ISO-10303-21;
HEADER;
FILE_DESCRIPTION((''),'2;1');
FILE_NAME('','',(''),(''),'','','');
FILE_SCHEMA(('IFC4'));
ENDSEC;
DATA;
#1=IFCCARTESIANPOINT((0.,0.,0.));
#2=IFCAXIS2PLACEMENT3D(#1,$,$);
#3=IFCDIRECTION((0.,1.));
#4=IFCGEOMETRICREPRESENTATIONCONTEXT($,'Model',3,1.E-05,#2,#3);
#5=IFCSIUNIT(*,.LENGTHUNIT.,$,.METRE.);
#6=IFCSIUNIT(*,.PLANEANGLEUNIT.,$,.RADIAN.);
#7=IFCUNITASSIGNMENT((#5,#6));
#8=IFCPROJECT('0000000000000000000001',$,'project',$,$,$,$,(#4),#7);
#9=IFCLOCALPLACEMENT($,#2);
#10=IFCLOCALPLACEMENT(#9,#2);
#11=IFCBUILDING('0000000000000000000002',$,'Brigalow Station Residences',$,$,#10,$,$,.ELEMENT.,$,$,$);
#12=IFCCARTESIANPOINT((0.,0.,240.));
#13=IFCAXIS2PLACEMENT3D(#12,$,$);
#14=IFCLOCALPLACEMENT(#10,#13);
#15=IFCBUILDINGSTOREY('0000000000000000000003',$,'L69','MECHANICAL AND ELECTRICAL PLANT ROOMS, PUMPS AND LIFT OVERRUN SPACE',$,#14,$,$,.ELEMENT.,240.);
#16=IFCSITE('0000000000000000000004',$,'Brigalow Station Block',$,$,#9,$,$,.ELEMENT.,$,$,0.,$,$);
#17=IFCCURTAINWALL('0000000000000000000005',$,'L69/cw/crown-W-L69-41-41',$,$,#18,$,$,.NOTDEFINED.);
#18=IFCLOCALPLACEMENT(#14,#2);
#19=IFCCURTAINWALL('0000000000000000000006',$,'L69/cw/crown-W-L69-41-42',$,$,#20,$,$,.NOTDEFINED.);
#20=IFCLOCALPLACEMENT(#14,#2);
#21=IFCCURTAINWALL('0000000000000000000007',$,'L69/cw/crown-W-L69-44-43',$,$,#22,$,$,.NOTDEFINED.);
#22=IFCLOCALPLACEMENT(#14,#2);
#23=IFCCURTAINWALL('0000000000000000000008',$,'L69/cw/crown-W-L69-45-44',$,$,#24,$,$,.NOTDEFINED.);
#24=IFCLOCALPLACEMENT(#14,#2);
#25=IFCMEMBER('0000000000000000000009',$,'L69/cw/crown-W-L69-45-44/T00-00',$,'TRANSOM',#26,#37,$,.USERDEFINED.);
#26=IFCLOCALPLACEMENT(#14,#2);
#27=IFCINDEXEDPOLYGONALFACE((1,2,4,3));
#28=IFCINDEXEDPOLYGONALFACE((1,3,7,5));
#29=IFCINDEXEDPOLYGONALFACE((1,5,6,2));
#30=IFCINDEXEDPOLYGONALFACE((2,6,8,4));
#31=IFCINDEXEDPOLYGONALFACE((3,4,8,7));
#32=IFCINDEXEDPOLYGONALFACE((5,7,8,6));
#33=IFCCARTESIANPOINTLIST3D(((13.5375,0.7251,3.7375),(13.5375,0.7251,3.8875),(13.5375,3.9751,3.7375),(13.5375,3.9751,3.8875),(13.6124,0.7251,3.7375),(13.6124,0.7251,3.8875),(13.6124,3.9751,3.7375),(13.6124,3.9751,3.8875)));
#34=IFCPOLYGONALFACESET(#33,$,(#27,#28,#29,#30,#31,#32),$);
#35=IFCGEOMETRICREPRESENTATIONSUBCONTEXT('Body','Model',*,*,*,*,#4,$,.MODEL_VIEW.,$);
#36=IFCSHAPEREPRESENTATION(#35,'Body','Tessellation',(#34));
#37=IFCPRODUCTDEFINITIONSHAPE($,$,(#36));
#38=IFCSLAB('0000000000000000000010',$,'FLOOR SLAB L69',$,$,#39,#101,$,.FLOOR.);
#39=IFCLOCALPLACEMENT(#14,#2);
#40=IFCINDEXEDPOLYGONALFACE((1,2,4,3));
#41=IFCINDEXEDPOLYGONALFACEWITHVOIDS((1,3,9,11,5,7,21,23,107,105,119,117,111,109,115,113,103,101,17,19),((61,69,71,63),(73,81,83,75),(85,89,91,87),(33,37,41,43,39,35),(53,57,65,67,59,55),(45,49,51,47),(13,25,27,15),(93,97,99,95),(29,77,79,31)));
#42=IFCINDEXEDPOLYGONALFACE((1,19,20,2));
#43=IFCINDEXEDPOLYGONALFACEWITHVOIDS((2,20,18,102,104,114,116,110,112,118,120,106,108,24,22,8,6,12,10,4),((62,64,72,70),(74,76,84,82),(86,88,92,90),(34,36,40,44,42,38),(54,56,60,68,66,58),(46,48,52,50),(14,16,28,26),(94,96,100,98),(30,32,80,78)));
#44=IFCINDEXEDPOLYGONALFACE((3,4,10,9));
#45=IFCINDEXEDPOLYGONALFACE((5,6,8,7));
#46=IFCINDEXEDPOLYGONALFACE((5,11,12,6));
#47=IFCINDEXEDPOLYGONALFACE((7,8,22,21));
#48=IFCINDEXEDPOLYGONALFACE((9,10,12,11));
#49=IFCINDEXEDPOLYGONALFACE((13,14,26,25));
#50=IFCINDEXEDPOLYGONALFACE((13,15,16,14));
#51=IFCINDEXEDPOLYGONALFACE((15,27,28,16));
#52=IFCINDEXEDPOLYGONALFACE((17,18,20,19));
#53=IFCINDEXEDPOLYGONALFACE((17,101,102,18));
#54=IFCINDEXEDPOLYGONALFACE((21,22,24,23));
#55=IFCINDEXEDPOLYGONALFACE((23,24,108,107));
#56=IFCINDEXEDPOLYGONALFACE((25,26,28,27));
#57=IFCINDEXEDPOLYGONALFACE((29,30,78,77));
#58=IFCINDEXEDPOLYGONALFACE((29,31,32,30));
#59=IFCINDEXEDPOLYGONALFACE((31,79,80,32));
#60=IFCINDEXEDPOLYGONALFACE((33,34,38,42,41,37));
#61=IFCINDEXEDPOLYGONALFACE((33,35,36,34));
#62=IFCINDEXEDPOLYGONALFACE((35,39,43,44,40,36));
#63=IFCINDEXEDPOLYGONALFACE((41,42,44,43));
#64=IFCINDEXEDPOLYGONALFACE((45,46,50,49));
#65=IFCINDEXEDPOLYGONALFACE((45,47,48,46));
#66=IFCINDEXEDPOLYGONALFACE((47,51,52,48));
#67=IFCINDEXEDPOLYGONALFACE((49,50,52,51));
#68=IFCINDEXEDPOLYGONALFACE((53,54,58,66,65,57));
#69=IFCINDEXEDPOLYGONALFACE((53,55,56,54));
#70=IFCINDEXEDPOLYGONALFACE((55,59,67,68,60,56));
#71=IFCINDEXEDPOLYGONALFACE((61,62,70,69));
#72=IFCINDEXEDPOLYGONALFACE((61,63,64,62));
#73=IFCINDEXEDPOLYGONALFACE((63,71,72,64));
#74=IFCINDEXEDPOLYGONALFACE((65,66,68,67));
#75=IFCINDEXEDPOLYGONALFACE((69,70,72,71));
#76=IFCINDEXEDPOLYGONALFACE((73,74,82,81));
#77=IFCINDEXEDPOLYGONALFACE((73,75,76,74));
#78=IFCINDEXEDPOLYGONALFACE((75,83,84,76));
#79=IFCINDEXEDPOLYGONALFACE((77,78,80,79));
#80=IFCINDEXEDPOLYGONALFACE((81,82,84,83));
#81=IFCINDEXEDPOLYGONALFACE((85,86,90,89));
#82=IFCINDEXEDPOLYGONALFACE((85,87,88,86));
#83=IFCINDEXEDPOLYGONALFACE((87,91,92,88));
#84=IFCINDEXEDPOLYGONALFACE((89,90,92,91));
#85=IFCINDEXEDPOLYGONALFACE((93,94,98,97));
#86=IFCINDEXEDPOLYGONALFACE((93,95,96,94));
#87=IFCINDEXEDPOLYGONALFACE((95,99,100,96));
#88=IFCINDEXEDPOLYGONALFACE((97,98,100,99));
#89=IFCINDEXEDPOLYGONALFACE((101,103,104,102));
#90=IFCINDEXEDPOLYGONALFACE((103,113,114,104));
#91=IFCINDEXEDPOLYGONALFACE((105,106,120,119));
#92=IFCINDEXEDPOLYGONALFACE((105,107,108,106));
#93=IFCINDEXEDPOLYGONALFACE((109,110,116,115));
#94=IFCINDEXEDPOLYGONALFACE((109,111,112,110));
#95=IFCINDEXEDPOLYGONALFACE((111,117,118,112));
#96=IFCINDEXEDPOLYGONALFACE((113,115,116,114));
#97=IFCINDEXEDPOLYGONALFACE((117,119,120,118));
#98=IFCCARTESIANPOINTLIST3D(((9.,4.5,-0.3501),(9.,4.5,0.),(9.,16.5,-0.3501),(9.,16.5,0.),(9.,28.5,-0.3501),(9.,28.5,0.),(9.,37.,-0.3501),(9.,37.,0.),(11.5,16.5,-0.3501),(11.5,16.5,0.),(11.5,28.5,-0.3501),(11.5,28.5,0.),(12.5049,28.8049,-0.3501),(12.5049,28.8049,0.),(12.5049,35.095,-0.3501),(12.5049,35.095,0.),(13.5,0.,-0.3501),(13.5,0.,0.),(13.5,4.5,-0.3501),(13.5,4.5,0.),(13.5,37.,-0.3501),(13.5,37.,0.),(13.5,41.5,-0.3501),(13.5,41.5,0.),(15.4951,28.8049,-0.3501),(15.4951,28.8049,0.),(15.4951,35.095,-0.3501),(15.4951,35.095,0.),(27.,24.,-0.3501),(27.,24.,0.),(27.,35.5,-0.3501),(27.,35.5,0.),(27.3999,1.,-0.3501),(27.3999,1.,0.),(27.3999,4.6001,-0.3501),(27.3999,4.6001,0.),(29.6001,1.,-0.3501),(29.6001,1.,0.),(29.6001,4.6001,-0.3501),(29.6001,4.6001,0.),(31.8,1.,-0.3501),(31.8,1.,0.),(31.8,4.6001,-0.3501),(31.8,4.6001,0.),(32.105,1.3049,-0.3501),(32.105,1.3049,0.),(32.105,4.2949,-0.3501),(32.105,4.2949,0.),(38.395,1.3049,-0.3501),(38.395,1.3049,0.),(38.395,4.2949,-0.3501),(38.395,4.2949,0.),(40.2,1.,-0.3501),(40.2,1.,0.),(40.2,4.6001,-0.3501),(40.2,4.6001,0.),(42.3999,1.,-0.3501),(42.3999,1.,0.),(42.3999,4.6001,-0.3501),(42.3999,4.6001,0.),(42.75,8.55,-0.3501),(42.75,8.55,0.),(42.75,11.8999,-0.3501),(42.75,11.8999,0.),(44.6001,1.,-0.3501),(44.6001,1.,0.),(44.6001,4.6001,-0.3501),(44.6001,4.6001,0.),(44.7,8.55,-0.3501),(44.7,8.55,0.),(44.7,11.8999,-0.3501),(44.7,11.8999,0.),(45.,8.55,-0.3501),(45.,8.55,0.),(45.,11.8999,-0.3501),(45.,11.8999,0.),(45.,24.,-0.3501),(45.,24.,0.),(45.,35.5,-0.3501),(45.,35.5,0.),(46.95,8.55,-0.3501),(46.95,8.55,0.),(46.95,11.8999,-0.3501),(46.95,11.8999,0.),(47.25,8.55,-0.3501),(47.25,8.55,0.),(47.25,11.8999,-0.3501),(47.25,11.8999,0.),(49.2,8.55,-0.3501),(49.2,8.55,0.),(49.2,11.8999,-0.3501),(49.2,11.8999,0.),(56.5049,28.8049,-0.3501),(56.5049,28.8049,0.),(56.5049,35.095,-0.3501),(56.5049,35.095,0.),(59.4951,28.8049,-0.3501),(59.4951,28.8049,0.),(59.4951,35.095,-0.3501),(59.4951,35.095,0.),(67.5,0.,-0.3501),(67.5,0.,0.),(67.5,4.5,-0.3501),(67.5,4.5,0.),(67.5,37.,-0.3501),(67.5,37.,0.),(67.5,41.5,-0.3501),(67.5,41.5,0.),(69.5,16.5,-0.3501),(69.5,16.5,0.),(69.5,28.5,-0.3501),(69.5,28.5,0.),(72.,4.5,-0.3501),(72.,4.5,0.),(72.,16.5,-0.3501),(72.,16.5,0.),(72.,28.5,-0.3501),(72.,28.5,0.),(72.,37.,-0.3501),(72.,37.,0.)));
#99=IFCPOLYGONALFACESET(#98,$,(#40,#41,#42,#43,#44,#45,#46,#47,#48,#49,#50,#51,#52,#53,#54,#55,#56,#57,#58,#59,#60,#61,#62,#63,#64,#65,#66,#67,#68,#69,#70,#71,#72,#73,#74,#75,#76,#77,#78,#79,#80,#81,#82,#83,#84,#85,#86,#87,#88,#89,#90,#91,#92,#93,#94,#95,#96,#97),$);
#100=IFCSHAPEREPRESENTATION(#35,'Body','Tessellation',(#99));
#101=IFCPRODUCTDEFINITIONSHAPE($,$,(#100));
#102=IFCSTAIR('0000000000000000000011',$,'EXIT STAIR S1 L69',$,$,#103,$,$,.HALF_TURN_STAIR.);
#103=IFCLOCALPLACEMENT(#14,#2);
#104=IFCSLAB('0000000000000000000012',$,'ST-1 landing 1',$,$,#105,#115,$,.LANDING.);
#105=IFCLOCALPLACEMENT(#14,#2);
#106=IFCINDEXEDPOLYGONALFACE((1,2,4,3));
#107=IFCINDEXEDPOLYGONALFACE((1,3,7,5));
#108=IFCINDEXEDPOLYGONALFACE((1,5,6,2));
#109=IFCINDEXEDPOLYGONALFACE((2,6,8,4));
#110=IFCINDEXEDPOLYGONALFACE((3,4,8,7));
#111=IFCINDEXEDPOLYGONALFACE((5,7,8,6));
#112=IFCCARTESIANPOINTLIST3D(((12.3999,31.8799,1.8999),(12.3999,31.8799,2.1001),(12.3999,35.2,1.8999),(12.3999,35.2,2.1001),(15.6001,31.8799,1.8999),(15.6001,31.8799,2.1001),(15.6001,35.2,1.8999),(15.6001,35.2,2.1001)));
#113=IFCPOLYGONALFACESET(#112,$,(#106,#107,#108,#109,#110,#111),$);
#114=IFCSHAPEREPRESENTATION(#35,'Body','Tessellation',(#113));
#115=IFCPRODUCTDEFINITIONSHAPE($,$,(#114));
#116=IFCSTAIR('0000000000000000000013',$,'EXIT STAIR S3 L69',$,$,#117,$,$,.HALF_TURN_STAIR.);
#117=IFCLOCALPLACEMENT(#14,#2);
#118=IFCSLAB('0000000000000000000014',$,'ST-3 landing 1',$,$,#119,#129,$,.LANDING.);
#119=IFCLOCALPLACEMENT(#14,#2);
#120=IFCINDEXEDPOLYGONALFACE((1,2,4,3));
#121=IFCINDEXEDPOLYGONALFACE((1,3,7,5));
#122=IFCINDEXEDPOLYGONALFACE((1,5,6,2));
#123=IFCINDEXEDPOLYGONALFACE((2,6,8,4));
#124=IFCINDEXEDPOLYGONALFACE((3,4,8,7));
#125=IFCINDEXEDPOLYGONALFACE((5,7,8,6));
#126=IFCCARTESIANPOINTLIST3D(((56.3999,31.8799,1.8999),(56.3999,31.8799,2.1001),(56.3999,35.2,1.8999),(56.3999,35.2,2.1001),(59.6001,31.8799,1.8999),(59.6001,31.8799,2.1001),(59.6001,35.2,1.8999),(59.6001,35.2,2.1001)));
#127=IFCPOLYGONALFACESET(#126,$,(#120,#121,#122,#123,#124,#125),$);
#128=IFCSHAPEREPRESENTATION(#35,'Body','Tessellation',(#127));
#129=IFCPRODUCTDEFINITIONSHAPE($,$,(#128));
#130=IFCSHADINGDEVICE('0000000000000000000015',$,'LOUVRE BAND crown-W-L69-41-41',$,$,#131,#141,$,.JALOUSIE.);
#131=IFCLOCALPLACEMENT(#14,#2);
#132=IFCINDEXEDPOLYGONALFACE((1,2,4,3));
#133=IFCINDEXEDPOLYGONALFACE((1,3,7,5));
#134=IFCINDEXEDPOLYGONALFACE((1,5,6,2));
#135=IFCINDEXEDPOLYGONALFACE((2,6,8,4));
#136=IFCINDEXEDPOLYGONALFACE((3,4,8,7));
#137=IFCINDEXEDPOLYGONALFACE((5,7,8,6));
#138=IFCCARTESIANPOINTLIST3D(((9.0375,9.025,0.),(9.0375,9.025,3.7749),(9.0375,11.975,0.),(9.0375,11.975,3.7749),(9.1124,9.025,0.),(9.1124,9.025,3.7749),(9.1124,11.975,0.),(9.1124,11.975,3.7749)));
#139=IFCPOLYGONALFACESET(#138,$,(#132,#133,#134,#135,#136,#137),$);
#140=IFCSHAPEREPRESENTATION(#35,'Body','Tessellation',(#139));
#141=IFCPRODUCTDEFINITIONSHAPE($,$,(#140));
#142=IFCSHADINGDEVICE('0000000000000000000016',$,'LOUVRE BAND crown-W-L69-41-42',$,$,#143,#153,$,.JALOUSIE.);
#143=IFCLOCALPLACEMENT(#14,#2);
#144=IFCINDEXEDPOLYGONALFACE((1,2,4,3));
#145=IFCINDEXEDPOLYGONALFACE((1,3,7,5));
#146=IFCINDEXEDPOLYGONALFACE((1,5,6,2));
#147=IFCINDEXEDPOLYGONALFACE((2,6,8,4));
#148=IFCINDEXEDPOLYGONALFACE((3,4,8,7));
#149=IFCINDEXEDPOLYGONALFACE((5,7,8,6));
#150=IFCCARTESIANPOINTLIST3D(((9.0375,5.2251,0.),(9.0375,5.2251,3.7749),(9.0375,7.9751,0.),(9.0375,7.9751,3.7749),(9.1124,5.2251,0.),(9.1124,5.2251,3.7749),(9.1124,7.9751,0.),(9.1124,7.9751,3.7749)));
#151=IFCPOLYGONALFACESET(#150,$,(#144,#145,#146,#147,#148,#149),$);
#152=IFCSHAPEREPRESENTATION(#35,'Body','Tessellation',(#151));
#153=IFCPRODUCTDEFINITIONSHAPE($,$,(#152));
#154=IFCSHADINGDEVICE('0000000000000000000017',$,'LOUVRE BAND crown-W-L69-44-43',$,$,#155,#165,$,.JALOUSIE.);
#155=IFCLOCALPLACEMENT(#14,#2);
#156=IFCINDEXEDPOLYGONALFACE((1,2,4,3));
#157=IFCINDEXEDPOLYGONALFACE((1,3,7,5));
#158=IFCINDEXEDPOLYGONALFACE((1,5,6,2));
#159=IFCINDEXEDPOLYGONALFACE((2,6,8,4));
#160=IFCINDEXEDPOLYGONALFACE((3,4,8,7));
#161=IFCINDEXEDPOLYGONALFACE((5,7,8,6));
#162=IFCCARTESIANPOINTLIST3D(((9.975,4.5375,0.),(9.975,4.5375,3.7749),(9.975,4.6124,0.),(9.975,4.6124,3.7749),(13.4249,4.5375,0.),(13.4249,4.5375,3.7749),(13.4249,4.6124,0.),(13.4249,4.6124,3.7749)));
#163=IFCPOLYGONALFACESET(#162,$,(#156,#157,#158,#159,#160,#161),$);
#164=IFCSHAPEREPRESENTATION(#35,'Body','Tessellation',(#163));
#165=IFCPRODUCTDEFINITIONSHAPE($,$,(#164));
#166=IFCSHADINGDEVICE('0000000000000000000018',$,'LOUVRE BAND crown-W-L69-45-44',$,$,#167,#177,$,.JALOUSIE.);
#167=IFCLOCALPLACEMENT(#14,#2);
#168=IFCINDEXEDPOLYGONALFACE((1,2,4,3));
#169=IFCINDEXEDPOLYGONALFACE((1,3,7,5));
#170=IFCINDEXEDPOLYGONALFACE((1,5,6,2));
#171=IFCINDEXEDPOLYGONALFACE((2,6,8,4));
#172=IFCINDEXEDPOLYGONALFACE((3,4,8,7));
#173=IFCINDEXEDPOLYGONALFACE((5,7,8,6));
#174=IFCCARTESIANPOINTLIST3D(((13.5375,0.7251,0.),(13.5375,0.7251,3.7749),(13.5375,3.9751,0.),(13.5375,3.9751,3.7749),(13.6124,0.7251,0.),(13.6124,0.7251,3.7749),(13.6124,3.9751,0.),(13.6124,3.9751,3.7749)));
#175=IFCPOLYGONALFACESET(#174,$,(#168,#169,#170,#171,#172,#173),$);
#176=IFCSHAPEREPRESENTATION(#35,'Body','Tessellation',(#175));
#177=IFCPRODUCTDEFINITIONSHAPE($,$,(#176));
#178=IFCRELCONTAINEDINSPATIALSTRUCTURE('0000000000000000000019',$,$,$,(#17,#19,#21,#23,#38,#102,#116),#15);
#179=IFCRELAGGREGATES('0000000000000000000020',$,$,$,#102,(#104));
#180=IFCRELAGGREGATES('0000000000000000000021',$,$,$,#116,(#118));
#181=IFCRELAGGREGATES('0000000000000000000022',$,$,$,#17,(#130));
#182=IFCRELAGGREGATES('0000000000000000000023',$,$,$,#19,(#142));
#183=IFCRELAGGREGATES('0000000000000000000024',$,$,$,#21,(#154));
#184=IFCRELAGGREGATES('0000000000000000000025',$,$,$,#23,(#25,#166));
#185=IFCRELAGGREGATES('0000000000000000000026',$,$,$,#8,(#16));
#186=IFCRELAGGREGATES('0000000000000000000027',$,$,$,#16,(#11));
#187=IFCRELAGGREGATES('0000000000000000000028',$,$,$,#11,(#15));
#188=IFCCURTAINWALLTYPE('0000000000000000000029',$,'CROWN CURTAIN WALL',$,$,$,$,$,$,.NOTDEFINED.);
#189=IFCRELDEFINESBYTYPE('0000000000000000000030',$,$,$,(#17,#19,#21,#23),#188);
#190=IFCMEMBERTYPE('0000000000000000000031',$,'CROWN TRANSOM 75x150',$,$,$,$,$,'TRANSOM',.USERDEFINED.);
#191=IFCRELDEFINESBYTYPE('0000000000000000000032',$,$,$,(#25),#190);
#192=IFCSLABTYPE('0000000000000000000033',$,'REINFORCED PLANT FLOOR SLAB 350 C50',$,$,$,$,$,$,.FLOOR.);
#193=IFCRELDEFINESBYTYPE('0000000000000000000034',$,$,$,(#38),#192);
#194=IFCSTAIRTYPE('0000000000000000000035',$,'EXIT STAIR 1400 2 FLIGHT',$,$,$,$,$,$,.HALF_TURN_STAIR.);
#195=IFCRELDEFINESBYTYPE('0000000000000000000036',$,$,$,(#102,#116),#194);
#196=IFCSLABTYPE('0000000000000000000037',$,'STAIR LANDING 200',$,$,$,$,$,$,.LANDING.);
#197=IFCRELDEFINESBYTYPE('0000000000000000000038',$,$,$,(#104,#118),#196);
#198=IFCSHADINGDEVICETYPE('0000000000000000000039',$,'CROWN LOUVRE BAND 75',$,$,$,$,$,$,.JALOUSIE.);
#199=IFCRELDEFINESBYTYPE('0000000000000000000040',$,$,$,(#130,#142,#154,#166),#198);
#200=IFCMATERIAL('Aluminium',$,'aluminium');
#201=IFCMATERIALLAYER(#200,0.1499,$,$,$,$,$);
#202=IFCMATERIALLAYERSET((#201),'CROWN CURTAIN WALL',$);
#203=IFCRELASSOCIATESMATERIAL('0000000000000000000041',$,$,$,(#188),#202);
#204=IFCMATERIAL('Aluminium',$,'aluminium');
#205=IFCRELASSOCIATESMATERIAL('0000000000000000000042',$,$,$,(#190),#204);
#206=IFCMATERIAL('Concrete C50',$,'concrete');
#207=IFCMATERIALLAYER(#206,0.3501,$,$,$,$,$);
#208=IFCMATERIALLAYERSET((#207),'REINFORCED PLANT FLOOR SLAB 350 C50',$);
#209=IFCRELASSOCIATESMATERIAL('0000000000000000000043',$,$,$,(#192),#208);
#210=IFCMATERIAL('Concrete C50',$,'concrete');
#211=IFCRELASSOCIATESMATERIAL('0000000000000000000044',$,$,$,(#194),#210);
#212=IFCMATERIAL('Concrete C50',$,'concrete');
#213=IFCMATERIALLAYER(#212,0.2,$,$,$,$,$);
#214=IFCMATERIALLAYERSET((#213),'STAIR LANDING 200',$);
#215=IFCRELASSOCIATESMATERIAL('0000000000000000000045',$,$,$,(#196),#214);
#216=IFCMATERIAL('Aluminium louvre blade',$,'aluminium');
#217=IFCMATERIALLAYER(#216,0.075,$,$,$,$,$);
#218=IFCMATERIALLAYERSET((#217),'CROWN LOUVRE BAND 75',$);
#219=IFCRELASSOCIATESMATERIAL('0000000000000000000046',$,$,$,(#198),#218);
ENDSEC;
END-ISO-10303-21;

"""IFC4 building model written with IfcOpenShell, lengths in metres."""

from ifc_helpers import new_model, si_unit, direction, frame, origin, origin_2d, place, context, subcontext, project, spatial, polyline, rectangle, outline, extrude, material, layer, layer_set, material_profile, profile_set, type_object, element, aggregate, save


model = new_model("IFC4")

# Units and contexts
model_context = context("Model", 3, precision=1e-05, world=origin(), true_north=direction((0.0, 1.0)))
body_context = subcontext(model_context, "Body", "Model", "MODEL_VIEW")
ifc_project = project(units=[si_unit("LENGTHUNIT", "METRE"), si_unit("PLANEANGLEUNIT", "RADIAN")], contexts=[model_context])

# Site, building, storey
site_placement = place(None, origin())
site = spatial("IfcSite", under=ifc_project, at=site_placement, Name="Brigalow Station Block", CompositionType="ELEMENT", RefElevation=0.0)
building_placement = place(site_placement, origin())
building = spatial("IfcBuilding", under=site, at=building_placement, Name="Brigalow Station Residences", CompositionType="ELEMENT")
storey_placement = place(building_placement, frame((0.0, 0.0, 240.0)))
storey = spatial("IfcBuildingStorey", under=building, at=storey_placement, Name="L69", Description="MECHANICAL AND ELECTRICAL PLANT ROOMS, PUMPS AND LIFT OVERRUN SPACE", CompositionType="ELEMENT", Elevation=240.0)

# Curtain walls
ifc_material_1 = material(Name="Aluminium", Category="aluminium")
ifc_layer_1 = layer(ifc_material_1, 0.1499)
ifc_layer_set_1 = layer_set([ifc_layer_1], Name="CROWN CURTAIN WALL")
curtain_wall_type = type_object("IfcCurtainWallType", Name="CROWN CURTAIN WALL", PredefinedType="NOTDEFINED", material=ifc_layer_set_1)
curtain_wall_1_placement = place(storey_placement, origin())
curtain_wall_1 = element("IfcCurtainWall", 1, at=curtain_wall_1_placement, inside=storey, type_object=curtain_wall_type, Name="L69/cw/crown-W-L69-41-41", PredefinedType="NOTDEFINED")
curtain_wall_2_placement = place(storey_placement, origin())
curtain_wall_2 = element("IfcCurtainWall", 2, at=curtain_wall_2_placement, inside=storey, type_object=curtain_wall_type, Name="L69/cw/crown-W-L69-41-42", PredefinedType="NOTDEFINED")
curtain_wall_3_placement = place(storey_placement, origin())
curtain_wall_3 = element("IfcCurtainWall", 3, at=curtain_wall_3_placement, inside=storey, type_object=curtain_wall_type, Name="L69/cw/crown-W-L69-44-43", PredefinedType="NOTDEFINED")
curtain_wall_4_placement = place(storey_placement, origin())
curtain_wall_4 = element("IfcCurtainWall", 4, at=curtain_wall_4_placement, inside=storey, type_object=curtain_wall_type, Name="L69/cw/crown-W-L69-45-44", PredefinedType="NOTDEFINED")

# Member
ifc_material_2 = material(Name="Aluminium", Category="aluminium")
ifc_material_profile_1 = material_profile(ifc_material_2, rectangle(XDim=0.075, YDim=0.1499, at=origin_2d()), Name="CROWN TRANSOM 75x150")
ifc_profile_set_1 = profile_set([ifc_material_profile_1], Name="Aluminium")
member_type_1 = type_object("IfcMemberType", Name="CROWN TRANSOM 75x150", ElementType="TRANSOM", PredefinedType="USERDEFINED", material=ifc_profile_set_1)
member_1_placement = place(storey_placement, frame((13.575, 3.9751, 3.8125), z_axis=(0.0, -1.0, 0.0), x_axis=(1.0, 0.0, 0.0)))
member_1 = element("IfcMember", 5, at=member_1_placement, type_object=member_type_1, Name="L69/cw/crown-W-L69-45-44/T00-00", ObjectType="TRANSOM", PredefinedType="USERDEFINED", context=body_context, shape_type="SweptSolid", body=[
    extrude(rectangle(XDim=0.075, YDim=0.1499, at=origin_2d()), origin(), (0.0, 0.0, 1.0), 3.25),
])

# Slab
ifc_material_3 = material(Name="Concrete C50", Category="concrete")
ifc_layer_2 = layer(ifc_material_3, 0.3501)
ifc_layer_set_2 = layer_set([ifc_layer_2], Name="REINFORCED PLANT FLOOR SLAB 350 C50")
slab_type_1 = type_object("IfcSlabType", Name="REINFORCED PLANT FLOOR SLAB 350 C50", PredefinedType="FLOOR", material=ifc_layer_set_2)
slab_1_placement = place(storey_placement, frame((0.0, 0.0, -0.3501)))
element("IfcSlab", 6, at=slab_1_placement, inside=storey, type_object=slab_type_1, Name="FLOOR SLAB L69", PredefinedType="FLOOR", context=body_context, shape_type="SweptSolid", body=[
    extrude(outline(polyline([(13.5, 0.0), (67.5, 0.0), (67.5, 4.5), (72.0, 4.5), (72.0, 16.5), (69.5, 16.5), (69.5, 28.5), (72.0, 28.5), (72.0, 37.0), (67.5, 37.0), (67.5, 41.5), (13.5, 41.5), (13.5, 37.0), (9.0, 37.0), (9.0, 28.5), (11.5, 28.5), (11.5, 16.5), (9.0, 16.5), (9.0, 4.5), (13.5, 4.5), (13.5, 0.0)]), holes=[polyline([(12.5049, 28.8049), (12.5049, 35.095), (15.4951, 35.095), (15.4951, 28.8049), (12.5049, 28.8049)]), polyline([(27.0, 35.5), (45.0, 35.5), (45.0, 24.0), (27.0, 24.0), (27.0, 35.5)]), polyline([(31.8, 1.0), (29.6001, 1.0), (27.3999, 1.0), (27.3999, 4.6001), (29.6001, 4.6001), (31.8, 4.6001), (31.8, 1.0)]), polyline([(32.105, 1.3049), (32.105, 4.2949), (38.395, 4.2949), (38.395, 1.3049), (32.105, 1.3049)]), polyline([(40.2, 4.6001), (42.3999, 4.6001), (44.6001, 4.6001), (44.6001, 1.0), (42.3999, 1.0), (40.2, 1.0), (40.2, 4.6001)]), polyline([(42.75, 11.8999), (44.7, 11.8999), (44.7, 8.55), (42.75, 8.55), (42.75, 11.8999)]), polyline([(45.0, 8.55), (45.0, 11.8999), (46.95, 11.8999), (46.95, 8.55), (45.0, 8.55)]), polyline([(47.25, 11.8999), (49.2, 11.8999), (49.2, 8.55), (47.25, 8.55), (47.25, 11.8999)]), polyline([(56.5049, 35.095), (59.4951, 35.095), (59.4951, 28.8049), (56.5049, 28.8049), (56.5049, 35.095)])]), origin(), (0.0, 0.0, 1.0), 0.3501),
])

# Stairs, slabs
ifc_material_4 = material(Name="Concrete C50", Category="concrete")
stair_type = type_object("IfcStairType", Name="EXIT STAIR 1400 2 FLIGHT", PredefinedType="HALF_TURN_STAIR", material=ifc_material_4)
stair_1_placement = place(storey_placement, origin())
stair_1 = element("IfcStair", 7, at=stair_1_placement, inside=storey, type_object=stair_type, Name="EXIT STAIR S1 L69", PredefinedType="HALF_TURN_STAIR")
ifc_material_5 = material(Name="Concrete C50", Category="concrete")
ifc_layer_3 = layer(ifc_material_5, 0.2)
ifc_layer_set_3 = layer_set([ifc_layer_3], Name="STAIR LANDING 200")
slab_type_2 = type_object("IfcSlabType", Name="STAIR LANDING 200", PredefinedType="LANDING", material=ifc_layer_set_3)
slab_2_placement = place(storey_placement, frame((0.0, 0.0, 1.8999)))
slab_2 = element("IfcSlab", 8, at=slab_2_placement, type_object=slab_type_2, Name="ST-1 landing 1", PredefinedType="LANDING", context=body_context, shape_type="SweptSolid", body=[
    extrude(outline(polyline([(12.3999, 31.8799), (15.6001, 31.8799), (15.6001, 35.2), (12.3999, 35.2), (12.3999, 31.8799)])), origin(), (0.0, 0.0, 1.0), 0.2002),
])
aggregate(stair_1, [slab_2])
stair_2_placement = place(storey_placement, origin())
stair_2 = element("IfcStair", 9, at=stair_2_placement, inside=storey, type_object=stair_type, Name="EXIT STAIR S3 L69", PredefinedType="HALF_TURN_STAIR")
slab_3_placement = place(storey_placement, frame((0.0, 0.0, 1.8999)))
slab_3 = element("IfcSlab", 10, at=slab_3_placement, type_object=slab_type_2, Name="ST-3 landing 1", PredefinedType="LANDING", context=body_context, shape_type="SweptSolid", body=[
    extrude(outline(polyline([(56.3999, 31.8799), (59.6001, 31.8799), (59.6001, 35.2), (56.3999, 35.2), (56.3999, 31.8799)])), origin(), (0.0, 0.0, 1.0), 0.2002),
])
aggregate(stair_2, [slab_3])

# Shading devices
ifc_material_6 = material(Name="Aluminium louvre blade", Category="aluminium")
ifc_layer_4 = layer(ifc_material_6, 0.075)
ifc_layer_set_4 = layer_set([ifc_layer_4], Name="CROWN LOUVRE BAND 75")
shading_device_type = type_object("IfcShadingDeviceType", Name="CROWN LOUVRE BAND 75", PredefinedType="JALOUSIE", material=ifc_layer_set_4)
shading_device_1_placement = place(storey_placement, frame((9.075, 10.5, 0.0), z_axis=(0.0, 0.0, 1.0), x_axis=(0.0, -1.0, 0.0)))
shading_device_1 = element("IfcShadingDevice", 11, at=shading_device_1_placement, type_object=shading_device_type, Name="LOUVRE BAND crown-W-L69-41-41", PredefinedType="JALOUSIE", context=body_context, shape_type="SweptSolid", body=[
    extrude(rectangle(XDim=2.95, YDim=0.075, at=origin_2d()), origin(), (0.0, 0.0, 1.0), 3.7749),
])
aggregate(curtain_wall_1, [shading_device_1])
shading_device_2_placement = place(storey_placement, frame((9.075, 6.6001, 0.0), z_axis=(0.0, 0.0, 1.0), x_axis=(0.0, -1.0, 0.0)))
shading_device_2 = element("IfcShadingDevice", 12, at=shading_device_2_placement, type_object=shading_device_type, Name="LOUVRE BAND crown-W-L69-41-42", PredefinedType="JALOUSIE", context=body_context, shape_type="SweptSolid", body=[
    extrude(rectangle(XDim=2.75, YDim=0.075, at=origin_2d()), origin(), (0.0, 0.0, 1.0), 3.7749),
])
aggregate(curtain_wall_2, [shading_device_2])
shading_device_3_placement = place(storey_placement, frame((11.7, 4.575, 0.0), z_axis=(0.0, 0.0, 1.0), x_axis=(1.0, 0.0, 0.0)))
shading_device_3 = element("IfcShadingDevice", 13, at=shading_device_3_placement, type_object=shading_device_type, Name="LOUVRE BAND crown-W-L69-44-43", PredefinedType="JALOUSIE", context=body_context, shape_type="SweptSolid", body=[
    extrude(rectangle(XDim=3.45, YDim=0.075, at=origin_2d()), origin(), (0.0, 0.0, 1.0), 3.7749),
])
aggregate(curtain_wall_3, [shading_device_3])
shading_device_4_placement = place(storey_placement, frame((13.575, 2.3501, 0.0), z_axis=(0.0, 0.0, 1.0), x_axis=(0.0, -1.0, 0.0)))
shading_device_4 = element("IfcShadingDevice", 14, at=shading_device_4_placement, type_object=shading_device_type, Name="LOUVRE BAND crown-W-L69-45-44", PredefinedType="JALOUSIE", context=body_context, shape_type="SweptSolid", body=[
    extrude(rectangle(XDim=3.25, YDim=0.075, at=origin_2d()), origin(), (0.0, 0.0, 1.0), 3.7749),
])
aggregate(curtain_wall_4, [member_1, shading_device_4])

save(model, "model.ifc")
